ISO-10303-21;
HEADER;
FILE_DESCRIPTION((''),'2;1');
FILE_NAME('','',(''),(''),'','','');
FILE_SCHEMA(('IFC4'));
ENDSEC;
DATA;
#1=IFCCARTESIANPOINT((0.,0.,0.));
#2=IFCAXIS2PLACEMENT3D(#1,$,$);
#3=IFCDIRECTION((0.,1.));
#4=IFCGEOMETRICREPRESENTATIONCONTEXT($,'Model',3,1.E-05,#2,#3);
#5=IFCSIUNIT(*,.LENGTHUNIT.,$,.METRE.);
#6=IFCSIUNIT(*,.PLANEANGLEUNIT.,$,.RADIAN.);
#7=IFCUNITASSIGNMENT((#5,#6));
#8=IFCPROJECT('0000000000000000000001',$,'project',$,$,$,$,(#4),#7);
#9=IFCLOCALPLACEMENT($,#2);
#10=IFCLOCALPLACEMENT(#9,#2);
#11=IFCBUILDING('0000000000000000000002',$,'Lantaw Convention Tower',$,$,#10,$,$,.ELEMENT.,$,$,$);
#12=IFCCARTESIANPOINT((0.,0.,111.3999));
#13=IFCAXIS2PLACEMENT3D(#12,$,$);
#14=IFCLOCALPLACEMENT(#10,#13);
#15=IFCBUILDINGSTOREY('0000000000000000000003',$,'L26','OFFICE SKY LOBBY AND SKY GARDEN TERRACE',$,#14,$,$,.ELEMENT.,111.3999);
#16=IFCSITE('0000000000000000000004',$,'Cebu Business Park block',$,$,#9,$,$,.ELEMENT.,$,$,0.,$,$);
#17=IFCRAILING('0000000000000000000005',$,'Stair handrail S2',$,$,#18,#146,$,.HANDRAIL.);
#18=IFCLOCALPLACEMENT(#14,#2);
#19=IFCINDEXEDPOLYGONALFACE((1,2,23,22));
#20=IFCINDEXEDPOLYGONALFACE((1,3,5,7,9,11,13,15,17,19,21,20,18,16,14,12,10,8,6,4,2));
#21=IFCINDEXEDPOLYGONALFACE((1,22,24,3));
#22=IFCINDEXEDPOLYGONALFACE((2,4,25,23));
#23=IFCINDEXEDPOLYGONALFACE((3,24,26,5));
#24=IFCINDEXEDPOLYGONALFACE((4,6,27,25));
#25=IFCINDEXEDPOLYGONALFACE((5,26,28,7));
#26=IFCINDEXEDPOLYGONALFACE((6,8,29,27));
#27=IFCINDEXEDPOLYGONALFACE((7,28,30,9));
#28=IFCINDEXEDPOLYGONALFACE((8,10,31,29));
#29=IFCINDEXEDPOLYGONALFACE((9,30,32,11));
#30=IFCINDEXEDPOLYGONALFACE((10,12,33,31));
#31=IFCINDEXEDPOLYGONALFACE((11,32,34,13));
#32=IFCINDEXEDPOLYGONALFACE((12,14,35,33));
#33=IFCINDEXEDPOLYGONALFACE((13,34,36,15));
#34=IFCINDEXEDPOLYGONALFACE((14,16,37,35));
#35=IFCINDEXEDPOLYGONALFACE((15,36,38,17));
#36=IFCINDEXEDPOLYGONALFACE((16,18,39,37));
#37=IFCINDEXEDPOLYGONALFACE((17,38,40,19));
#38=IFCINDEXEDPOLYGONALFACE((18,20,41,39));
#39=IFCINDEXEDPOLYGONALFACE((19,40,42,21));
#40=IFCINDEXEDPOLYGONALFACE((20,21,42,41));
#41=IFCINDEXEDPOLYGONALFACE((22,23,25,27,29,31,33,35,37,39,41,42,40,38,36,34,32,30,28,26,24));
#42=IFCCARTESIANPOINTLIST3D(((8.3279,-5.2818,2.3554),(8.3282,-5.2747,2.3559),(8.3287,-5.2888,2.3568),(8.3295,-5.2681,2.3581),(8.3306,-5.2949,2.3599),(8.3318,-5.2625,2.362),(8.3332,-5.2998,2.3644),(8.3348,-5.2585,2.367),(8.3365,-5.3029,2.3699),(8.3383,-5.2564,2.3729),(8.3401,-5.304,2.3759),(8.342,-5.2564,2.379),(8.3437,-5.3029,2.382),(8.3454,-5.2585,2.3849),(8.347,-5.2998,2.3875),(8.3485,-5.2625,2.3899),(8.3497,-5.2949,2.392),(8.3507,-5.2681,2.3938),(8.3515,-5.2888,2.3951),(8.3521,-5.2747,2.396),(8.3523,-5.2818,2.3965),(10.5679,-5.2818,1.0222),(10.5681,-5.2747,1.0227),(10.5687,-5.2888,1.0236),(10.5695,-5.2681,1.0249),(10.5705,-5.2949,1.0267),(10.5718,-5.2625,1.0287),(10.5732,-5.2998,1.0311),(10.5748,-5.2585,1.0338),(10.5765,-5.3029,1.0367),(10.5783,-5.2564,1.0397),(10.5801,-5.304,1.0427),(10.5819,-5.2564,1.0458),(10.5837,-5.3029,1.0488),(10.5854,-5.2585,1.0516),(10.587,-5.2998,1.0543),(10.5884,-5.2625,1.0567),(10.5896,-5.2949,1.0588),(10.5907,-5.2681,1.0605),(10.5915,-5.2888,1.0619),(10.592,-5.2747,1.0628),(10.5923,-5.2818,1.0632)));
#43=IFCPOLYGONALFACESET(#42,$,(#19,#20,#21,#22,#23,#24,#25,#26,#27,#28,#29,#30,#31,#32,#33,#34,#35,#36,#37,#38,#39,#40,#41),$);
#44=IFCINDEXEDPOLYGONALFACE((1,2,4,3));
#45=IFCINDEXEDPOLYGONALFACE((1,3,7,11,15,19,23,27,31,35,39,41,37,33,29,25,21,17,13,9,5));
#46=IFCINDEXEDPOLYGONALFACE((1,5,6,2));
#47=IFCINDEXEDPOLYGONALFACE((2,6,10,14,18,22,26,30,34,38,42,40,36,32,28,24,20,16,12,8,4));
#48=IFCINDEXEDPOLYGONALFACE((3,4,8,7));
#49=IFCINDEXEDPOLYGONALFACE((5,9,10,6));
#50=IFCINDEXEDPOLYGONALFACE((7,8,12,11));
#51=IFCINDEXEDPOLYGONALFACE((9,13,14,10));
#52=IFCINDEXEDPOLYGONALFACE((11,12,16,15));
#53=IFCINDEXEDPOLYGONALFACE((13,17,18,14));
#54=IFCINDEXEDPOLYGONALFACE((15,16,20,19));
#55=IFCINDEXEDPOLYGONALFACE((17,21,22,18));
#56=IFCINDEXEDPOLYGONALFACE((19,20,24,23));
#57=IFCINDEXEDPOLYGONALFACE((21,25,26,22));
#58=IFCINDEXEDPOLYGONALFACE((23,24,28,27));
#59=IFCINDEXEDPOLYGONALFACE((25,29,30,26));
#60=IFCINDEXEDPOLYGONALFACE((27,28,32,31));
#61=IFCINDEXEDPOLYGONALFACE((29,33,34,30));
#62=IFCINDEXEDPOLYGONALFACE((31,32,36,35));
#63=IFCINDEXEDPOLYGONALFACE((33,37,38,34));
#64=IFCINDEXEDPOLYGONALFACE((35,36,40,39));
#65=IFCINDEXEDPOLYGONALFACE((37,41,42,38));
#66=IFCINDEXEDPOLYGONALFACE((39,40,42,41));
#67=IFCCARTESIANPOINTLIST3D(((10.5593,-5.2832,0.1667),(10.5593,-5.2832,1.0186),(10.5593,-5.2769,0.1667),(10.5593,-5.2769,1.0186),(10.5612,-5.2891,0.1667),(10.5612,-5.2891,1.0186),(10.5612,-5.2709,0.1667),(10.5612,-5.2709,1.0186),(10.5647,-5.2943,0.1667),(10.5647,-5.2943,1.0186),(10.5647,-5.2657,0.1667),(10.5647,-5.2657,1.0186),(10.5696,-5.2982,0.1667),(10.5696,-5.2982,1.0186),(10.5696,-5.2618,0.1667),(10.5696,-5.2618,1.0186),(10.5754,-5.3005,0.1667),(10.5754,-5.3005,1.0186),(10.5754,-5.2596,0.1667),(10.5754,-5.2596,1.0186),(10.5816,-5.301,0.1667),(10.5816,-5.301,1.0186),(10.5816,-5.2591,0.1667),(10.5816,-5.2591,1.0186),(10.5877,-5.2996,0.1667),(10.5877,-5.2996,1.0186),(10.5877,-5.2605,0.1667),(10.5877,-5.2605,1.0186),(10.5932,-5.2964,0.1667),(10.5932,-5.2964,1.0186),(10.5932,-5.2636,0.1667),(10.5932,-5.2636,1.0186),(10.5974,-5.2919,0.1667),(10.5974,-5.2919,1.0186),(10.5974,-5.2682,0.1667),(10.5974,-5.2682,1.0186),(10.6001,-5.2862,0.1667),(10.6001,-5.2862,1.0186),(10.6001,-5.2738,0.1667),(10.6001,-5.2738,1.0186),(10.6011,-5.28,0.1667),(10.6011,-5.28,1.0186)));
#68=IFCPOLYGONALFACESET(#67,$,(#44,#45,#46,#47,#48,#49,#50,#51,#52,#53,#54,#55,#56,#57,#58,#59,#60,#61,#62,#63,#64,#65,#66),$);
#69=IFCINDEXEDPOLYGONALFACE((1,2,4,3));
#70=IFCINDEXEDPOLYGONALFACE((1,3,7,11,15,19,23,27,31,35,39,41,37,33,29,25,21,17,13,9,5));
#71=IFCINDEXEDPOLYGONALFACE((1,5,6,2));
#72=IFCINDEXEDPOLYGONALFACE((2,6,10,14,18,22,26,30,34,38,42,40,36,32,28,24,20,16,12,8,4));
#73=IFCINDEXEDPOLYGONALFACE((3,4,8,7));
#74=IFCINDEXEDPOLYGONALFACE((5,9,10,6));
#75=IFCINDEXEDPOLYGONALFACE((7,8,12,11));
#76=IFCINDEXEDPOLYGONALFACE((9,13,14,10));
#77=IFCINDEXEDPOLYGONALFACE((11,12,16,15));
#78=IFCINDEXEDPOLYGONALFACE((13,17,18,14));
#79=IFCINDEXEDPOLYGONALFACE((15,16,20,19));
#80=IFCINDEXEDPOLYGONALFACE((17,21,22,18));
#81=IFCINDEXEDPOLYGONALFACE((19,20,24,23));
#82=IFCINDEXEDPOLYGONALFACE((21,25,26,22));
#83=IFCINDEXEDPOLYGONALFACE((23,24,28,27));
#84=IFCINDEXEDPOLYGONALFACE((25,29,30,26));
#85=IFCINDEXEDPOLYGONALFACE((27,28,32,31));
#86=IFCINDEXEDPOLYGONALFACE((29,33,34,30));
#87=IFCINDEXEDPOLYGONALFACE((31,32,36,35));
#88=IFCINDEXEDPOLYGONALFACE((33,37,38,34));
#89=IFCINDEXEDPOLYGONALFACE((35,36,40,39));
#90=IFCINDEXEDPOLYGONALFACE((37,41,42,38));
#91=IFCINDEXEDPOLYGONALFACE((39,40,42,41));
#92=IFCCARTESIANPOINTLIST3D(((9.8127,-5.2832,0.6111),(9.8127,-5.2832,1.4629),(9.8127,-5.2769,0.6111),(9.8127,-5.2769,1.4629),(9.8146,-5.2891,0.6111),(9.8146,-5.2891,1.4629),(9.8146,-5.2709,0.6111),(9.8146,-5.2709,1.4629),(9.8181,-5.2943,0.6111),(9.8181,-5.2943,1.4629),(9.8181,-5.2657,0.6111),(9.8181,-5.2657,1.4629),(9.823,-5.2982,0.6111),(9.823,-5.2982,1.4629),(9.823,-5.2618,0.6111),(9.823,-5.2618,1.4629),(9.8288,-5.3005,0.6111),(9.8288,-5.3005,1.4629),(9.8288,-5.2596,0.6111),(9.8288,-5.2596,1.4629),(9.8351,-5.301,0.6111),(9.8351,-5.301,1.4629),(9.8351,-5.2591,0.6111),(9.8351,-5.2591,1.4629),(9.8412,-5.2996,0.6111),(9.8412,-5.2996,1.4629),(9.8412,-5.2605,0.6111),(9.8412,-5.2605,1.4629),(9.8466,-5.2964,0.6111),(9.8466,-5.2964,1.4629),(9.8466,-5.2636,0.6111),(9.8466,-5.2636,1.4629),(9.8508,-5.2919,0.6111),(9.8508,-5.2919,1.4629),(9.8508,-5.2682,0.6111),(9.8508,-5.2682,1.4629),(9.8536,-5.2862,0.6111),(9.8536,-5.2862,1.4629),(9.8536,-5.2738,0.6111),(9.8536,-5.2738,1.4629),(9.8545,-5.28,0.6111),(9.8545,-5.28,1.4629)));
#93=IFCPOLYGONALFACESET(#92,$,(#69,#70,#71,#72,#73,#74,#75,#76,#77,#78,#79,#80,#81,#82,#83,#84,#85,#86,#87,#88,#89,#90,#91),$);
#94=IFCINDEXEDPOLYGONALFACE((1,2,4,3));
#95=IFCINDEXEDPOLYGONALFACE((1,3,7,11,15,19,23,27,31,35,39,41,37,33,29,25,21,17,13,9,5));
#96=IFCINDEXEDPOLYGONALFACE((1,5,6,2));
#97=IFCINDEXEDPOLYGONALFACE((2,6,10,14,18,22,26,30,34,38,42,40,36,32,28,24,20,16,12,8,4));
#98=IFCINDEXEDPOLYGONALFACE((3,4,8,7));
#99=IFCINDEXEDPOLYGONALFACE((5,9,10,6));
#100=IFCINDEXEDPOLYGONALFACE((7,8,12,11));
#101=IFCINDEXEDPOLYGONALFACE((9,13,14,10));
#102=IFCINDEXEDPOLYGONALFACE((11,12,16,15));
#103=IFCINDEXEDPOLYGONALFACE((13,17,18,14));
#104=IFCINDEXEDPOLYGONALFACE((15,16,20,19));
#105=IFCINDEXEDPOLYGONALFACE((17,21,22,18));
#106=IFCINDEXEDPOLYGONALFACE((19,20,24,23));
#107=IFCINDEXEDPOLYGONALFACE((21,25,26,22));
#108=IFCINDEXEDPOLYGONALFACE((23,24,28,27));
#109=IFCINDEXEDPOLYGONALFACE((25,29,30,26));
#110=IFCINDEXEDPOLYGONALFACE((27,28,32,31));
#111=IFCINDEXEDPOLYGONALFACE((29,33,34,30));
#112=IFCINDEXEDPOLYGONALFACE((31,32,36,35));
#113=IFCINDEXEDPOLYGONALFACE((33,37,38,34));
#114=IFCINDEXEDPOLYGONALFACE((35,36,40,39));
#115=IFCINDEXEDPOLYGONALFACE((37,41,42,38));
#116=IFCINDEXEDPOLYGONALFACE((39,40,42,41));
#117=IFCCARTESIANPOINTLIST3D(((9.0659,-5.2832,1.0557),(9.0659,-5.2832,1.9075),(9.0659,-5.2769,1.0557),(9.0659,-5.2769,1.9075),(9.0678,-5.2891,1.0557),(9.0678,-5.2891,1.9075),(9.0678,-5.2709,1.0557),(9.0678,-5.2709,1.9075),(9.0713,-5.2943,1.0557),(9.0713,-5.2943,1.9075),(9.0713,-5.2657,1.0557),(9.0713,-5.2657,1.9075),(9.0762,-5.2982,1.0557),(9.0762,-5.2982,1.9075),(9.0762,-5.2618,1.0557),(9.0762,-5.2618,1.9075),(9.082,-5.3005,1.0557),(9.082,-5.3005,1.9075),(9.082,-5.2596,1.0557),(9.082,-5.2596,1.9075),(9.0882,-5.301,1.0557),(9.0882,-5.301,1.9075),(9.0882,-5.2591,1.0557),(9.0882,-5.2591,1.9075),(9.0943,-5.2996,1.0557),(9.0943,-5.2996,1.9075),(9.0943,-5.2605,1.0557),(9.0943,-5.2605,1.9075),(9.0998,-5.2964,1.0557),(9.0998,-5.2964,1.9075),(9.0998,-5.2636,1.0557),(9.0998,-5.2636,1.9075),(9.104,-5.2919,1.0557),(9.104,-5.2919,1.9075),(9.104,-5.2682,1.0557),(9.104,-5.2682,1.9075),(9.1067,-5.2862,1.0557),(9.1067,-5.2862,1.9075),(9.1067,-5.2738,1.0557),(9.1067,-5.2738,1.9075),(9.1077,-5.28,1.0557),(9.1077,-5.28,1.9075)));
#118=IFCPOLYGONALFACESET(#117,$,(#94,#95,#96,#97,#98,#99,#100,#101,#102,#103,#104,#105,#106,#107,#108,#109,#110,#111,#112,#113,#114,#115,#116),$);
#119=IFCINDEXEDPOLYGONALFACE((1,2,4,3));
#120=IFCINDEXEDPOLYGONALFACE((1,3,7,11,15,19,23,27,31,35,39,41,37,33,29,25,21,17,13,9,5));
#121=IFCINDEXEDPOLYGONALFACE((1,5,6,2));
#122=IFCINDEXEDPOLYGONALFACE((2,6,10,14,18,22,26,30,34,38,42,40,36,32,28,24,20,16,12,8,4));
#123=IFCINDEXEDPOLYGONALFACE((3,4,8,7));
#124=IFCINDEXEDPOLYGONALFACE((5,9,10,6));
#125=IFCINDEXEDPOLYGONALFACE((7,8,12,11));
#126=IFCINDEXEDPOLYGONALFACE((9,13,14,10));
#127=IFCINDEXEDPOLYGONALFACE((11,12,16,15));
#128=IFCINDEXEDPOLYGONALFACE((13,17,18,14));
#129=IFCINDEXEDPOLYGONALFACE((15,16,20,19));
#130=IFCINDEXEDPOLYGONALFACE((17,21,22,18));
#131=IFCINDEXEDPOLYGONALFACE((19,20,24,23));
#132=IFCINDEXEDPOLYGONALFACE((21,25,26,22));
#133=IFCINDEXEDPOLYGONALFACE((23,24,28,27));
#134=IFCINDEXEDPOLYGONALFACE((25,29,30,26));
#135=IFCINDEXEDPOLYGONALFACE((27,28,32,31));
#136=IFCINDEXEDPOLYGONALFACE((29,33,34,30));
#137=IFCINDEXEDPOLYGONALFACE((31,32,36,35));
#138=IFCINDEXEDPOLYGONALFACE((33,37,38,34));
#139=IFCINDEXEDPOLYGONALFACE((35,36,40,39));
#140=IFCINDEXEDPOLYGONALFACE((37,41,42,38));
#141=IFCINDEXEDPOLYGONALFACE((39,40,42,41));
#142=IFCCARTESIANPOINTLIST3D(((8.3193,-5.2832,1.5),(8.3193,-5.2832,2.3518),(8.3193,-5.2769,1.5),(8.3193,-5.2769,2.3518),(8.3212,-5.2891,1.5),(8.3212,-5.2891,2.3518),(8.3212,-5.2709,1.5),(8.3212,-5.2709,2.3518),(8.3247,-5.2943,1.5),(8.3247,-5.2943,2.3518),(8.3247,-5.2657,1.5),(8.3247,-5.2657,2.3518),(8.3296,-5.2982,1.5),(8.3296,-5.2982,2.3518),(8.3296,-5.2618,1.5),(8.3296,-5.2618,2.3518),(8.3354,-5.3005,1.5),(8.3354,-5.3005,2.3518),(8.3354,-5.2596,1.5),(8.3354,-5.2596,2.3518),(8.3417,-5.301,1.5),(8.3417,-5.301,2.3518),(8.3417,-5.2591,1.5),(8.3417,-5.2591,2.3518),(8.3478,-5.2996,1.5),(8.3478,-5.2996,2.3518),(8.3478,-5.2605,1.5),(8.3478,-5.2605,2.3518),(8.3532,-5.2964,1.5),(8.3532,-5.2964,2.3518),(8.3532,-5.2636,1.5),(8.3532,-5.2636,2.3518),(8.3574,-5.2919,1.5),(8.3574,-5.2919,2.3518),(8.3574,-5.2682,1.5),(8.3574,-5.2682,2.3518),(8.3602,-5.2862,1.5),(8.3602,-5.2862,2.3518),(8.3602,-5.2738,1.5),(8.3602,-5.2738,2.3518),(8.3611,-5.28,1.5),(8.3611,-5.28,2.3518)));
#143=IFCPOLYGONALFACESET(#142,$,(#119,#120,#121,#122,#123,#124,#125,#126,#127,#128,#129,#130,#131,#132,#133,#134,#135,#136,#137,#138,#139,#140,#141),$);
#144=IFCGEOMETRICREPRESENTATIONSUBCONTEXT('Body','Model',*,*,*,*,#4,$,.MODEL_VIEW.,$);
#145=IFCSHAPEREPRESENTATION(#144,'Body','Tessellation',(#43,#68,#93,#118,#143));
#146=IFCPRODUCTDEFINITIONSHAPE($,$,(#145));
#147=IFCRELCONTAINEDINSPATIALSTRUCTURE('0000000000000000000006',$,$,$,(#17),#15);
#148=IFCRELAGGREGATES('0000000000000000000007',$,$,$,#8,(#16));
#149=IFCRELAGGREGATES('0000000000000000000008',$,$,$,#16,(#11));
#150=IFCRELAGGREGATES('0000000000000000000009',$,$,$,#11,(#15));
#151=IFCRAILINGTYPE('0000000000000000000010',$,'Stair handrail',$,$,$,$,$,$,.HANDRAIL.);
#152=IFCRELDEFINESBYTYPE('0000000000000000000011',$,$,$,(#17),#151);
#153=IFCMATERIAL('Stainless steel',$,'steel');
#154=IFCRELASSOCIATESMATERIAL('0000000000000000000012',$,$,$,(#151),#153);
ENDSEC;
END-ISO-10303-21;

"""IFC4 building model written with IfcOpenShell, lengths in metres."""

from ifc_helpers import new_model, si_unit, direction, frame, origin, origin_2d, place, context, subcontext, project, spatial, circle, extrude, material, type_object, element, save


model = new_model("IFC4")

# Units and contexts
model_context = context("Model", 3, precision=1e-05, world=origin(), true_north=direction((0.0, 1.0)))
body_context = subcontext(model_context, "Body", "Model", "MODEL_VIEW")
ifc_project = project(units=[si_unit("LENGTHUNIT", "METRE"), si_unit("PLANEANGLEUNIT", "RADIAN")], contexts=[model_context])

# Site, building, storey
site_placement = place(None, origin())
site = spatial("IfcSite", under=ifc_project, at=site_placement, Name="Cebu Business Park block", CompositionType="ELEMENT", RefElevation=0.0)
building_placement = place(site_placement, origin())
building = spatial("IfcBuilding", under=site, at=building_placement, Name="Lantaw Convention Tower", CompositionType="ELEMENT")
storey_placement = place(building_placement, frame((0.0, 0.0, 111.3999)))
storey = spatial("IfcBuildingStorey", under=building, at=storey_placement, Name="L26", Description="OFFICE SKY LOBBY AND SKY GARDEN TERRACE", CompositionType="ELEMENT", Elevation=111.3999)

# Railing
ifc_material_1 = material(Name="Stainless steel", Category="steel")
railing_type = type_object("IfcRailingType", Name="Stair handrail", PredefinedType="HANDRAIL", material=ifc_material_1)
railing_1_placement = place(storey_placement, frame((10.5801, -5.28, 0.1667)))
element("IfcRailing", 1, at=railing_1_placement, inside=storey, type_object=railing_type, Name="Stair handrail S2", PredefinedType="HANDRAIL", context=body_context, shape_type="SweptSolid", body=[
    extrude(circle(Radius=0.0239, at=origin_2d()), frame((0.0, 0.0, 0.876), z_axis=(-0.859306, 0.0, 0.511462), x_axis=(0.0, -1.0, 0.0)), (0.0, 0.0, 1.0), 2.6067),
    extrude(circle(Radius=0.021, at=origin_2d()), origin(), (0.0, 0.0, 1.0), 0.8518),
    extrude(circle(Radius=0.021, at=origin_2d()), frame((-0.7466, 0.0, 0.4443)), (0.0, 0.0, 1.0), 0.8518),
    extrude(circle(Radius=0.021, at=origin_2d()), frame((-1.4934, 0.0, 0.8889)), (0.0, 0.0, 1.0), 0.8518),
    extrude(circle(Radius=0.021, at=origin_2d()), frame((-2.24, 0.0, 1.3333)), (0.0, 0.0, 1.0), 0.8518),
])

save(model, "model.ifc")
